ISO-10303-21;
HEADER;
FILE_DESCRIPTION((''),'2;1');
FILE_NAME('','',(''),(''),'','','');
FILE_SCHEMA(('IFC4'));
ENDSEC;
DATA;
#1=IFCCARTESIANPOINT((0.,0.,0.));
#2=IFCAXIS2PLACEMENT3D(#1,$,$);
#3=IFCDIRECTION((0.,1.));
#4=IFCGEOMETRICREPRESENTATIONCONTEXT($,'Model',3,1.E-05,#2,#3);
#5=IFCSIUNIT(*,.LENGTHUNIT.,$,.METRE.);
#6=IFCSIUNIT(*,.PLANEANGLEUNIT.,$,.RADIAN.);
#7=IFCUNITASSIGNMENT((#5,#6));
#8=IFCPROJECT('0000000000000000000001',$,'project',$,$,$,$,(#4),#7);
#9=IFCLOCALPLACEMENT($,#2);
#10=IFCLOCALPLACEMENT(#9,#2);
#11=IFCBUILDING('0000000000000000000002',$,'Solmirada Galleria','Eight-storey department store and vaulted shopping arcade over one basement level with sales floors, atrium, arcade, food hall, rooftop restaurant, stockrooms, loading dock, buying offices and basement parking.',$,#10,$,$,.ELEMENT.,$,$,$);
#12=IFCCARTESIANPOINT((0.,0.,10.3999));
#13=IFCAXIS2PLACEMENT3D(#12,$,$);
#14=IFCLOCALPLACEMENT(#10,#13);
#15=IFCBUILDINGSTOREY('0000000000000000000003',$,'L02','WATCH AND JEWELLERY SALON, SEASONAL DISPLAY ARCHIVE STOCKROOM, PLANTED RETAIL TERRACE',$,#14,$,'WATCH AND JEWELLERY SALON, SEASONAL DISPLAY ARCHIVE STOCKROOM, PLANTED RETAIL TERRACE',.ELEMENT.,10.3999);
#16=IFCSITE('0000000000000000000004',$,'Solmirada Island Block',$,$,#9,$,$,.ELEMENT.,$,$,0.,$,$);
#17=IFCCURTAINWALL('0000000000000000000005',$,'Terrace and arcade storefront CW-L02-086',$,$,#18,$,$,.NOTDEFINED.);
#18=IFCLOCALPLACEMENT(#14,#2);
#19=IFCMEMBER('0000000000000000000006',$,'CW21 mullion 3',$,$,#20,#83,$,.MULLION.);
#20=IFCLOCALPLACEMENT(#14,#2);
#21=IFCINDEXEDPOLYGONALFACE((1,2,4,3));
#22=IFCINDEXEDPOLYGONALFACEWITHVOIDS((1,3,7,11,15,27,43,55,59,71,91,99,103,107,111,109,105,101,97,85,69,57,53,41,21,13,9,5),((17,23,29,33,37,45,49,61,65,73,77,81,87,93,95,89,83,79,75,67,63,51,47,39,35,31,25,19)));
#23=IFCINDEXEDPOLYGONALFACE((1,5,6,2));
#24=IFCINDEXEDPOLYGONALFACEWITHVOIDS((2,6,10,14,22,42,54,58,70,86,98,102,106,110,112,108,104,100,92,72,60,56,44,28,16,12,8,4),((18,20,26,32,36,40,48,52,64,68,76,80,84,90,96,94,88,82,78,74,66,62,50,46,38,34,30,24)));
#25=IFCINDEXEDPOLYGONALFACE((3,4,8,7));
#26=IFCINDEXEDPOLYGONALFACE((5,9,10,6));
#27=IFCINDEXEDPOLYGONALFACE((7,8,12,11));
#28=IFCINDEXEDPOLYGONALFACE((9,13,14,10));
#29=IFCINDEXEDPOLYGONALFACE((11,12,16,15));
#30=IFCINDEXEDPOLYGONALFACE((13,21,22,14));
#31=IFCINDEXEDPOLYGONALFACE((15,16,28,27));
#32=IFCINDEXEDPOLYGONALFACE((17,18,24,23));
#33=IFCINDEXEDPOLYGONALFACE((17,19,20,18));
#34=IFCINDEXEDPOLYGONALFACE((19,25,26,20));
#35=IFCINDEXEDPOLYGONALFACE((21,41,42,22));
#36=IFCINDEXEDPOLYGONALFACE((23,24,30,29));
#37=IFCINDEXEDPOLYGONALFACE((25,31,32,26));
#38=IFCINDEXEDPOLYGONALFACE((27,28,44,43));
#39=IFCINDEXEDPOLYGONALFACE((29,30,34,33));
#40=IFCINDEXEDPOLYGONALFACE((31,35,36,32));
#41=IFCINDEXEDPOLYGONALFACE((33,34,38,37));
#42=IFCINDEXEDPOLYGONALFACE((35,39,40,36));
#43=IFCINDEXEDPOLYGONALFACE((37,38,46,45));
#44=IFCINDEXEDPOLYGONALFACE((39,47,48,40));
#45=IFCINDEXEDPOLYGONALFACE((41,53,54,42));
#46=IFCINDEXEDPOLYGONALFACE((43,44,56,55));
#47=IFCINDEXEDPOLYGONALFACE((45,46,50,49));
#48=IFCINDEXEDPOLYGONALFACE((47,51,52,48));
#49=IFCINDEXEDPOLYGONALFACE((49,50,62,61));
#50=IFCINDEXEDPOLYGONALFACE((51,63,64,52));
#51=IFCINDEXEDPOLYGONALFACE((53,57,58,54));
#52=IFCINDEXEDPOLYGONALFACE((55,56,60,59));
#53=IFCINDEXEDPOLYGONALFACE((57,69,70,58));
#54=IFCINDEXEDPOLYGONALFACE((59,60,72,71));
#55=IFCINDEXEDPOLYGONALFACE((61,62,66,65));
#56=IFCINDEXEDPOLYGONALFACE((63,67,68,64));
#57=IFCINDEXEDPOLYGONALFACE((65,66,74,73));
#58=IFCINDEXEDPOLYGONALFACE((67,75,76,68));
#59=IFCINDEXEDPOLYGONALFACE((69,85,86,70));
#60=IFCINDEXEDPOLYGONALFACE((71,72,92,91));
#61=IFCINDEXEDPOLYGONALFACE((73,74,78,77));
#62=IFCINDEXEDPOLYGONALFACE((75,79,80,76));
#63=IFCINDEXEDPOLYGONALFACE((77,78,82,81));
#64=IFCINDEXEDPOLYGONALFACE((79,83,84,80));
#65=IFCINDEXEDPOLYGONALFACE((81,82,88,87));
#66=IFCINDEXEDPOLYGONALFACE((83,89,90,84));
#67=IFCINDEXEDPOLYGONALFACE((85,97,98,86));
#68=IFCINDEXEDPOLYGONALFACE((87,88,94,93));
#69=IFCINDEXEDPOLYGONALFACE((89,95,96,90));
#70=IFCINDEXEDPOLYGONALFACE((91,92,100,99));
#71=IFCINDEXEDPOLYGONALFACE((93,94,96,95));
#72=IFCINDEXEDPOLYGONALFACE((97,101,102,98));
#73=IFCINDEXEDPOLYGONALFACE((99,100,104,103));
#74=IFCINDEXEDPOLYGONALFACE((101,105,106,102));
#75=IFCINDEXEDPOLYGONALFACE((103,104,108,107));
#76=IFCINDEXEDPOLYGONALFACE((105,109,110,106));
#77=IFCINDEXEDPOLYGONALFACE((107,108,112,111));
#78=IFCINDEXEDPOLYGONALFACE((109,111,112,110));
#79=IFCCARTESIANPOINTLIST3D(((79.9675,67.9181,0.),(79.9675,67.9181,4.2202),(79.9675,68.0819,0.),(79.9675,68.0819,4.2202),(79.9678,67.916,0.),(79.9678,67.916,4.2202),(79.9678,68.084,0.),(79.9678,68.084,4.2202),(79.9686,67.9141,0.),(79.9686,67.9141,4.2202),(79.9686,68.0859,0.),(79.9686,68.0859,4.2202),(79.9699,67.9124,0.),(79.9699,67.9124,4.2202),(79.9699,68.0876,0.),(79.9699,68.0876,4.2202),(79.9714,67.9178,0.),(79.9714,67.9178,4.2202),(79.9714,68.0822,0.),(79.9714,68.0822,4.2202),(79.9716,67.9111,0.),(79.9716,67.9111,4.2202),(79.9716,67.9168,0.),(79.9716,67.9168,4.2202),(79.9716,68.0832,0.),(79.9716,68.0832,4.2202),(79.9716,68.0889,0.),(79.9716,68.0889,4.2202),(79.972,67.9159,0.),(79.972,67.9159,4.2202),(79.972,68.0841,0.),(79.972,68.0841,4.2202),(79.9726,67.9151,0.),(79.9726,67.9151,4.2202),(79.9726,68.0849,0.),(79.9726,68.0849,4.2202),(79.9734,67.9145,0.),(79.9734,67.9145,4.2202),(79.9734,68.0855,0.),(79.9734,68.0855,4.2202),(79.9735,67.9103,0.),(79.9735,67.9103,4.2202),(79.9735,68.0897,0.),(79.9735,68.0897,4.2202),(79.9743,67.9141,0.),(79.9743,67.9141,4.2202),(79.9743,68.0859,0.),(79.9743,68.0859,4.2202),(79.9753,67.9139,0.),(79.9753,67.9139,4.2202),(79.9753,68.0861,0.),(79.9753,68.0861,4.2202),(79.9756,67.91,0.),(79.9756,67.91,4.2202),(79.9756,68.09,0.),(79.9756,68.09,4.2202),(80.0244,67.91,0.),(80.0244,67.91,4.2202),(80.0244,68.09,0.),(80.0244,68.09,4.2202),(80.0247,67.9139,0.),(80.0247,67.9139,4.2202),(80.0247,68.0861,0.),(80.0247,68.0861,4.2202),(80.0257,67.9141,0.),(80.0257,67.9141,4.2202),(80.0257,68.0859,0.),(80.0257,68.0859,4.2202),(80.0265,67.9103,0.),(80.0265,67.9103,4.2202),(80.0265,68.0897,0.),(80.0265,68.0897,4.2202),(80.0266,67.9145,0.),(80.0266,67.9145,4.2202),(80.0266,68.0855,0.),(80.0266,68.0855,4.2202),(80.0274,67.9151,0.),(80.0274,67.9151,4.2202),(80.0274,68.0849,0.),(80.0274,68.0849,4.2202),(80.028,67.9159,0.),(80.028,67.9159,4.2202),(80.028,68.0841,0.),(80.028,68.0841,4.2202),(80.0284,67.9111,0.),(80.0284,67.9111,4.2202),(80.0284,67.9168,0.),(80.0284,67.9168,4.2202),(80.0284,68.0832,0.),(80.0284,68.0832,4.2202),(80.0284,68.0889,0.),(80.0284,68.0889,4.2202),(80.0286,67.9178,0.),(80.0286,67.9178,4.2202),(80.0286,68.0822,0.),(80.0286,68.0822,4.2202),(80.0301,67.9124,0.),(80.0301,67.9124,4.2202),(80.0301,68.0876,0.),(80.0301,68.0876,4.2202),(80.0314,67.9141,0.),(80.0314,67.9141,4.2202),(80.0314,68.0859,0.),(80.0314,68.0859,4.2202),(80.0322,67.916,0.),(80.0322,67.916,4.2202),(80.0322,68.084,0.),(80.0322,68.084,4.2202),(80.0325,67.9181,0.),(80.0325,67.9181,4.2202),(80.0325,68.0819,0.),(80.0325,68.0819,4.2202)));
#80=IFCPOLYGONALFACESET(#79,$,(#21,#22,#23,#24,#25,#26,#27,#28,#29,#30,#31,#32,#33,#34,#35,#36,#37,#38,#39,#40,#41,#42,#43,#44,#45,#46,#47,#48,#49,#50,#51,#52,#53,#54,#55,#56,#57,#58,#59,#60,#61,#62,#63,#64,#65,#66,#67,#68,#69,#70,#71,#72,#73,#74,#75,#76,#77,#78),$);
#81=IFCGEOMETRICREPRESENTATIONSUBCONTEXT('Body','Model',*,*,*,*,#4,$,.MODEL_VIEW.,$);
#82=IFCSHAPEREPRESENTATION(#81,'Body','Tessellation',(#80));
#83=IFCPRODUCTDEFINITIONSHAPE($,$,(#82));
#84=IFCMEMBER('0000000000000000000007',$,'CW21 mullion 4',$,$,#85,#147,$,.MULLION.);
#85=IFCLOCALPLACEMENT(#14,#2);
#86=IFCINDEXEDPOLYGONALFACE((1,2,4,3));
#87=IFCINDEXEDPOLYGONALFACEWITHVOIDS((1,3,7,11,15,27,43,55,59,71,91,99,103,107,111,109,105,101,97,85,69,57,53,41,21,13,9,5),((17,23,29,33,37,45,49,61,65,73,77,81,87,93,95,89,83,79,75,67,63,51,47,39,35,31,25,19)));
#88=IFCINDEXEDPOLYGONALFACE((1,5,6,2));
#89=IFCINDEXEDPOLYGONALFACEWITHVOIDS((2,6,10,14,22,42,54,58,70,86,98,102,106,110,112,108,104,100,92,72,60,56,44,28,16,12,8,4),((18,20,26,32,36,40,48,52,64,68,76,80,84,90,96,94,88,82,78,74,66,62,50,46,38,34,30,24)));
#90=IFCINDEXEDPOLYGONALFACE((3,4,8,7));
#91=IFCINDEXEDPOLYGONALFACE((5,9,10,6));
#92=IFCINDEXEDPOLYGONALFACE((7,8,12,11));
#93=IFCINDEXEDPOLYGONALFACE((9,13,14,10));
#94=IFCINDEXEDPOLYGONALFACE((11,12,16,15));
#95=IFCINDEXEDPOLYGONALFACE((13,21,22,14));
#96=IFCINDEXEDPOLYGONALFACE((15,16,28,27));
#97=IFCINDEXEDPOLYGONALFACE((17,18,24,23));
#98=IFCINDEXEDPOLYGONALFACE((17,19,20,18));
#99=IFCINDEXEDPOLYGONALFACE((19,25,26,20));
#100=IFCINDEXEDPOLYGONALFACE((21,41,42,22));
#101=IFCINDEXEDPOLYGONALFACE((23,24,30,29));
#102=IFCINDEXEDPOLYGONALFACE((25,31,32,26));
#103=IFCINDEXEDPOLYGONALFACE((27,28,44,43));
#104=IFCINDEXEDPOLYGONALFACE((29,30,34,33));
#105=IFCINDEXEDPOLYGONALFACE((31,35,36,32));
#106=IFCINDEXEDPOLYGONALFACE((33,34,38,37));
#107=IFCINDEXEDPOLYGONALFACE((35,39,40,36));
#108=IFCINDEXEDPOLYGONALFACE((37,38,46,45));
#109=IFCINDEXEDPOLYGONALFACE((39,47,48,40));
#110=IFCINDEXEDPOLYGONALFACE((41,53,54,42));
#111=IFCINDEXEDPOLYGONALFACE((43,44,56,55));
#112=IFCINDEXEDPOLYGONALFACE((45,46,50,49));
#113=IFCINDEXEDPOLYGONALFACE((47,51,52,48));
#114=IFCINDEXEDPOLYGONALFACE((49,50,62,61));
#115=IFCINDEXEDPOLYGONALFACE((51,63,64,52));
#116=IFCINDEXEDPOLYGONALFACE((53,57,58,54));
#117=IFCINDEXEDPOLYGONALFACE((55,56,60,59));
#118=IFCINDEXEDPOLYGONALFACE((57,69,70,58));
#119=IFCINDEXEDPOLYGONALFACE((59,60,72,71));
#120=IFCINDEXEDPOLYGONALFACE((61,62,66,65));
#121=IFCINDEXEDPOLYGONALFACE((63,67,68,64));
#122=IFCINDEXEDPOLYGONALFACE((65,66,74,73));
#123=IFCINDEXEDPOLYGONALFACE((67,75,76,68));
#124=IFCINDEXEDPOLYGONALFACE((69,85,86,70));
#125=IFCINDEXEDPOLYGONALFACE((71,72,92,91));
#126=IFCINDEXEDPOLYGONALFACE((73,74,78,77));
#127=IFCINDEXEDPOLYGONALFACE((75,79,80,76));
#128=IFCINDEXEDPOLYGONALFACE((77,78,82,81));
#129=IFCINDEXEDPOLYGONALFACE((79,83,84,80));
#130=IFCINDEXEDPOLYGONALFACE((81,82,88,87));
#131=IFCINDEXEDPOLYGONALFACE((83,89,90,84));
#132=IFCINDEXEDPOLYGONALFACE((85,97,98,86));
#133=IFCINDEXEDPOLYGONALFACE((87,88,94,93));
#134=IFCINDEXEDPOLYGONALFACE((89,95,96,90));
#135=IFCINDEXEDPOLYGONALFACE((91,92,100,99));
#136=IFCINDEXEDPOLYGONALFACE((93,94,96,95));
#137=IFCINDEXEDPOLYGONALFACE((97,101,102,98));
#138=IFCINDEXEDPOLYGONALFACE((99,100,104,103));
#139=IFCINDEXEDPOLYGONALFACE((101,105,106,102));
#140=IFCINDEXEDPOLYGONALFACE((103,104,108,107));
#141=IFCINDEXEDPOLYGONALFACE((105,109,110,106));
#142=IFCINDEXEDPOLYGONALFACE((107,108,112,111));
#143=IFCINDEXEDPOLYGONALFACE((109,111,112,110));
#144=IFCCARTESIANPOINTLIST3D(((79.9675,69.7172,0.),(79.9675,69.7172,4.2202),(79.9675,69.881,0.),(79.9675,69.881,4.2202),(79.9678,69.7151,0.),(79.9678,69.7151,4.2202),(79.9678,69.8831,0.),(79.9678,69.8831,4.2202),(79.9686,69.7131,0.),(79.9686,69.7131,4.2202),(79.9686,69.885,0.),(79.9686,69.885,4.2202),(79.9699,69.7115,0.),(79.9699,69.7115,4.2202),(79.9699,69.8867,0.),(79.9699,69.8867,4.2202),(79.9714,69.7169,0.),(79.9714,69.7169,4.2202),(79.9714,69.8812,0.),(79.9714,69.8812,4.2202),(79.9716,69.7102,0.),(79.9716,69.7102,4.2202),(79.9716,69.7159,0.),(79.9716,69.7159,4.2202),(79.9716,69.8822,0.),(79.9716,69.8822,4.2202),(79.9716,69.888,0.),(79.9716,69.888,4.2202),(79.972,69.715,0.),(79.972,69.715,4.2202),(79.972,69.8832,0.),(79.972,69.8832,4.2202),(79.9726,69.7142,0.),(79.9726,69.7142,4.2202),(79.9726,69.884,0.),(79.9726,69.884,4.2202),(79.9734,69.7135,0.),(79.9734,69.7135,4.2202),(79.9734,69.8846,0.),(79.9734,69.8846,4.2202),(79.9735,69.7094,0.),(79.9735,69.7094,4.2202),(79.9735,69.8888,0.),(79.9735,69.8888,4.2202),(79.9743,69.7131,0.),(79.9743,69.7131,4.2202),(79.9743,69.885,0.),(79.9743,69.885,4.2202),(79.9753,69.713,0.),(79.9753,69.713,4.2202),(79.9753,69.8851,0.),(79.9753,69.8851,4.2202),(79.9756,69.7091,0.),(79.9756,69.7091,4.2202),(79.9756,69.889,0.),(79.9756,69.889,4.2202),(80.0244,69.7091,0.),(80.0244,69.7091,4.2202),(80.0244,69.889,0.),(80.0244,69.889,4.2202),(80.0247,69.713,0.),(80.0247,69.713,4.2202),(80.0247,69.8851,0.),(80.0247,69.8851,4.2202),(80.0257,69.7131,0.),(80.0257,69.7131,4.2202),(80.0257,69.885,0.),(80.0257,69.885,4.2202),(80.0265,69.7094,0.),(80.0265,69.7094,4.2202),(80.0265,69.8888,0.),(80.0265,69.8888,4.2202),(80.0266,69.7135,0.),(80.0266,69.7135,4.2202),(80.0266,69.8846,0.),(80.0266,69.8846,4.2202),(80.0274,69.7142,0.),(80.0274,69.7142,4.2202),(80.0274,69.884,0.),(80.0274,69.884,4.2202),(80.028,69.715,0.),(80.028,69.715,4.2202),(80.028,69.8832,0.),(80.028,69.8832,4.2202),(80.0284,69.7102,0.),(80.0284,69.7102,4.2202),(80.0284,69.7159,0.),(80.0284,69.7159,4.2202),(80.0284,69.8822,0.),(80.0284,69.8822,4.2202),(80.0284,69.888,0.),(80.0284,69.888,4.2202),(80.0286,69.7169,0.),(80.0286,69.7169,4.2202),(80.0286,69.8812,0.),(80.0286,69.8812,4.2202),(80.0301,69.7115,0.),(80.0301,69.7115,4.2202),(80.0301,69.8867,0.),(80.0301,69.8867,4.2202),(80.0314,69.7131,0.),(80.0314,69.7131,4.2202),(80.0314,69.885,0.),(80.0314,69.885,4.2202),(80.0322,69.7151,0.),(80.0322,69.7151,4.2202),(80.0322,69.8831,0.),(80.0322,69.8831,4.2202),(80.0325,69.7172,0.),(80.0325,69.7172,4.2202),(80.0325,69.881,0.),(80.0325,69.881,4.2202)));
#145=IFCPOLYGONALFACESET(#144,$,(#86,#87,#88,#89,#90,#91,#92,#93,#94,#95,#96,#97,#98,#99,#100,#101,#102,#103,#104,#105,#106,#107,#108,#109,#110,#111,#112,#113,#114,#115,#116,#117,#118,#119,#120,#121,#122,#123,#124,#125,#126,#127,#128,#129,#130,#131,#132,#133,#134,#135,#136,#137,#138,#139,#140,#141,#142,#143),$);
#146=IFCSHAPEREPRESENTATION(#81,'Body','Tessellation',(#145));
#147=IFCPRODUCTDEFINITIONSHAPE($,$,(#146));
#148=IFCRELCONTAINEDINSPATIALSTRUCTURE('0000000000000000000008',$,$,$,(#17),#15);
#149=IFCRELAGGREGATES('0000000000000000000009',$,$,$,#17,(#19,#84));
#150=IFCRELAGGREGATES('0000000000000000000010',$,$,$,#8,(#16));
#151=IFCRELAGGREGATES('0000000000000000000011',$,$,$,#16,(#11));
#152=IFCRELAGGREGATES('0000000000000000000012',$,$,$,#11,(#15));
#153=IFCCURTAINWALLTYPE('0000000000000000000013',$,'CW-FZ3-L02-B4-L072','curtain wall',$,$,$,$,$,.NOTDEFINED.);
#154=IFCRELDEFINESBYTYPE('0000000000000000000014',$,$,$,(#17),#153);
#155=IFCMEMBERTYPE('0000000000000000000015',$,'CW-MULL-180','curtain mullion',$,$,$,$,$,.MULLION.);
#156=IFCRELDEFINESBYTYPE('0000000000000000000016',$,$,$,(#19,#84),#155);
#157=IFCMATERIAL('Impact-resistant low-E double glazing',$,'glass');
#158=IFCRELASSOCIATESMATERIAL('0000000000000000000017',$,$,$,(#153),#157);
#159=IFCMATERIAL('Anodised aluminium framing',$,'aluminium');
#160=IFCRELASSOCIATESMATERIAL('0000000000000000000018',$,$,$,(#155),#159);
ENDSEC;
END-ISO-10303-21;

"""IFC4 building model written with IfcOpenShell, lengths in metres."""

from ifc_helpers import new_model, si_unit, direction, frame, origin, origin_2d, place, context, subcontext, project, spatial, hollow_rectangle, extrude, material, material_profile, profile_set, type_object, element, aggregate, save


model = new_model("IFC4")

# Units and contexts
model_context = context("Model", 3, precision=1e-05, world=origin(), true_north=direction((0.0, 1.0)))
body_context = subcontext(model_context, "Body", "Model", "MODEL_VIEW")
ifc_project = project(units=[si_unit("LENGTHUNIT", "METRE"), si_unit("PLANEANGLEUNIT", "RADIAN")], contexts=[model_context])

# Site, building, storey
site_placement = place(None, origin())
site = spatial("IfcSite", under=ifc_project, at=site_placement, Name="Solmirada Island Block", CompositionType="ELEMENT", RefElevation=0.0)
building_placement = place(site_placement, origin())
building = spatial("IfcBuilding", under=site, at=building_placement, Name="Solmirada Galleria", Description="Eight-storey department store and vaulted shopping arcade over one basement level with sales floors, atrium, arcade, food hall, rooftop restaurant, stockrooms, loading dock, buying offices and basement parking.", CompositionType="ELEMENT")
storey_placement = place(building_placement, frame((0.0, 0.0, 10.3999)))
storey = spatial("IfcBuildingStorey", under=building, at=storey_placement, Name="L02", Description="WATCH AND JEWELLERY SALON, SEASONAL DISPLAY ARCHIVE STOCKROOM, PLANTED RETAIL TERRACE", LongName="WATCH AND JEWELLERY SALON, SEASONAL DISPLAY ARCHIVE STOCKROOM, PLANTED RETAIL TERRACE", CompositionType="ELEMENT", Elevation=10.3999)

# Curtain wall, members
ifc_material_1 = material(Name="Impact-resistant low-E double glazing", Category="glass")
curtain_wall_type = type_object("IfcCurtainWallType", Name="CW-FZ3-L02-B4-L072", Description="curtain wall", PredefinedType="NOTDEFINED", material=ifc_material_1)
curtain_wall_1_placement = place(storey_placement, origin())
curtain_wall_1 = element("IfcCurtainWall", 1, at=curtain_wall_1_placement, inside=storey, type_object=curtain_wall_type, Name="Terrace and arcade storefront CW-L02-086", PredefinedType="NOTDEFINED")
ifc_material_2 = material(Name="Anodised aluminium framing", Category="aluminium")
ifc_material_profile_1 = material_profile(ifc_material_2, hollow_rectangle(XDim=0.0649, YDim=0.1799, WallThickness=0.0039, InnerFilletRadius=0.0039, OuterFilletRadius=0.0081, at=origin_2d()), Name="ALU-MULL-180X65")
ifc_profile_set_1 = profile_set([ifc_material_profile_1], Name="Anodised aluminium framing")
member_type_1 = type_object("IfcMemberType", Name="CW-MULL-180", Description="curtain mullion", PredefinedType="MULLION", material=ifc_profile_set_1)
member_1_placement = place(storey_placement, frame((80.0, 68.0, 0.0), z_axis=(0.0, 0.0, 1.0), x_axis=(-1.0, 0.0, 0.0)))
member_1 = element("IfcMember", 2, at=member_1_placement, type_object=member_type_1, Name="CW21 mullion 3", PredefinedType="MULLION", context=body_context, shape_type="SweptSolid", body=[
    extrude(hollow_rectangle(XDim=0.0649, YDim=0.1799, WallThickness=0.0039, InnerFilletRadius=0.0039, OuterFilletRadius=0.0081, at=origin_2d()), origin(), (0.0, 0.0, 1.0), 4.2202),
])
member_2_placement = place(storey_placement, frame((80.0, 69.7991, 0.0), z_axis=(0.0, 0.0, 1.0), x_axis=(-1.0, 0.0, 0.0)))
member_2 = element("IfcMember", 3, at=member_2_placement, type_object=member_type_1, Name="CW21 mullion 4", PredefinedType="MULLION", context=body_context, shape_type="SweptSolid", body=[
    extrude(hollow_rectangle(XDim=0.0649, YDim=0.1799, WallThickness=0.0039, InnerFilletRadius=0.0039, OuterFilletRadius=0.0081, at=origin_2d()), origin(), (0.0, 0.0, 1.0), 4.2202),
])

aggregate(curtain_wall_1, [member_1, member_2])

save(model, "model.ifc")
